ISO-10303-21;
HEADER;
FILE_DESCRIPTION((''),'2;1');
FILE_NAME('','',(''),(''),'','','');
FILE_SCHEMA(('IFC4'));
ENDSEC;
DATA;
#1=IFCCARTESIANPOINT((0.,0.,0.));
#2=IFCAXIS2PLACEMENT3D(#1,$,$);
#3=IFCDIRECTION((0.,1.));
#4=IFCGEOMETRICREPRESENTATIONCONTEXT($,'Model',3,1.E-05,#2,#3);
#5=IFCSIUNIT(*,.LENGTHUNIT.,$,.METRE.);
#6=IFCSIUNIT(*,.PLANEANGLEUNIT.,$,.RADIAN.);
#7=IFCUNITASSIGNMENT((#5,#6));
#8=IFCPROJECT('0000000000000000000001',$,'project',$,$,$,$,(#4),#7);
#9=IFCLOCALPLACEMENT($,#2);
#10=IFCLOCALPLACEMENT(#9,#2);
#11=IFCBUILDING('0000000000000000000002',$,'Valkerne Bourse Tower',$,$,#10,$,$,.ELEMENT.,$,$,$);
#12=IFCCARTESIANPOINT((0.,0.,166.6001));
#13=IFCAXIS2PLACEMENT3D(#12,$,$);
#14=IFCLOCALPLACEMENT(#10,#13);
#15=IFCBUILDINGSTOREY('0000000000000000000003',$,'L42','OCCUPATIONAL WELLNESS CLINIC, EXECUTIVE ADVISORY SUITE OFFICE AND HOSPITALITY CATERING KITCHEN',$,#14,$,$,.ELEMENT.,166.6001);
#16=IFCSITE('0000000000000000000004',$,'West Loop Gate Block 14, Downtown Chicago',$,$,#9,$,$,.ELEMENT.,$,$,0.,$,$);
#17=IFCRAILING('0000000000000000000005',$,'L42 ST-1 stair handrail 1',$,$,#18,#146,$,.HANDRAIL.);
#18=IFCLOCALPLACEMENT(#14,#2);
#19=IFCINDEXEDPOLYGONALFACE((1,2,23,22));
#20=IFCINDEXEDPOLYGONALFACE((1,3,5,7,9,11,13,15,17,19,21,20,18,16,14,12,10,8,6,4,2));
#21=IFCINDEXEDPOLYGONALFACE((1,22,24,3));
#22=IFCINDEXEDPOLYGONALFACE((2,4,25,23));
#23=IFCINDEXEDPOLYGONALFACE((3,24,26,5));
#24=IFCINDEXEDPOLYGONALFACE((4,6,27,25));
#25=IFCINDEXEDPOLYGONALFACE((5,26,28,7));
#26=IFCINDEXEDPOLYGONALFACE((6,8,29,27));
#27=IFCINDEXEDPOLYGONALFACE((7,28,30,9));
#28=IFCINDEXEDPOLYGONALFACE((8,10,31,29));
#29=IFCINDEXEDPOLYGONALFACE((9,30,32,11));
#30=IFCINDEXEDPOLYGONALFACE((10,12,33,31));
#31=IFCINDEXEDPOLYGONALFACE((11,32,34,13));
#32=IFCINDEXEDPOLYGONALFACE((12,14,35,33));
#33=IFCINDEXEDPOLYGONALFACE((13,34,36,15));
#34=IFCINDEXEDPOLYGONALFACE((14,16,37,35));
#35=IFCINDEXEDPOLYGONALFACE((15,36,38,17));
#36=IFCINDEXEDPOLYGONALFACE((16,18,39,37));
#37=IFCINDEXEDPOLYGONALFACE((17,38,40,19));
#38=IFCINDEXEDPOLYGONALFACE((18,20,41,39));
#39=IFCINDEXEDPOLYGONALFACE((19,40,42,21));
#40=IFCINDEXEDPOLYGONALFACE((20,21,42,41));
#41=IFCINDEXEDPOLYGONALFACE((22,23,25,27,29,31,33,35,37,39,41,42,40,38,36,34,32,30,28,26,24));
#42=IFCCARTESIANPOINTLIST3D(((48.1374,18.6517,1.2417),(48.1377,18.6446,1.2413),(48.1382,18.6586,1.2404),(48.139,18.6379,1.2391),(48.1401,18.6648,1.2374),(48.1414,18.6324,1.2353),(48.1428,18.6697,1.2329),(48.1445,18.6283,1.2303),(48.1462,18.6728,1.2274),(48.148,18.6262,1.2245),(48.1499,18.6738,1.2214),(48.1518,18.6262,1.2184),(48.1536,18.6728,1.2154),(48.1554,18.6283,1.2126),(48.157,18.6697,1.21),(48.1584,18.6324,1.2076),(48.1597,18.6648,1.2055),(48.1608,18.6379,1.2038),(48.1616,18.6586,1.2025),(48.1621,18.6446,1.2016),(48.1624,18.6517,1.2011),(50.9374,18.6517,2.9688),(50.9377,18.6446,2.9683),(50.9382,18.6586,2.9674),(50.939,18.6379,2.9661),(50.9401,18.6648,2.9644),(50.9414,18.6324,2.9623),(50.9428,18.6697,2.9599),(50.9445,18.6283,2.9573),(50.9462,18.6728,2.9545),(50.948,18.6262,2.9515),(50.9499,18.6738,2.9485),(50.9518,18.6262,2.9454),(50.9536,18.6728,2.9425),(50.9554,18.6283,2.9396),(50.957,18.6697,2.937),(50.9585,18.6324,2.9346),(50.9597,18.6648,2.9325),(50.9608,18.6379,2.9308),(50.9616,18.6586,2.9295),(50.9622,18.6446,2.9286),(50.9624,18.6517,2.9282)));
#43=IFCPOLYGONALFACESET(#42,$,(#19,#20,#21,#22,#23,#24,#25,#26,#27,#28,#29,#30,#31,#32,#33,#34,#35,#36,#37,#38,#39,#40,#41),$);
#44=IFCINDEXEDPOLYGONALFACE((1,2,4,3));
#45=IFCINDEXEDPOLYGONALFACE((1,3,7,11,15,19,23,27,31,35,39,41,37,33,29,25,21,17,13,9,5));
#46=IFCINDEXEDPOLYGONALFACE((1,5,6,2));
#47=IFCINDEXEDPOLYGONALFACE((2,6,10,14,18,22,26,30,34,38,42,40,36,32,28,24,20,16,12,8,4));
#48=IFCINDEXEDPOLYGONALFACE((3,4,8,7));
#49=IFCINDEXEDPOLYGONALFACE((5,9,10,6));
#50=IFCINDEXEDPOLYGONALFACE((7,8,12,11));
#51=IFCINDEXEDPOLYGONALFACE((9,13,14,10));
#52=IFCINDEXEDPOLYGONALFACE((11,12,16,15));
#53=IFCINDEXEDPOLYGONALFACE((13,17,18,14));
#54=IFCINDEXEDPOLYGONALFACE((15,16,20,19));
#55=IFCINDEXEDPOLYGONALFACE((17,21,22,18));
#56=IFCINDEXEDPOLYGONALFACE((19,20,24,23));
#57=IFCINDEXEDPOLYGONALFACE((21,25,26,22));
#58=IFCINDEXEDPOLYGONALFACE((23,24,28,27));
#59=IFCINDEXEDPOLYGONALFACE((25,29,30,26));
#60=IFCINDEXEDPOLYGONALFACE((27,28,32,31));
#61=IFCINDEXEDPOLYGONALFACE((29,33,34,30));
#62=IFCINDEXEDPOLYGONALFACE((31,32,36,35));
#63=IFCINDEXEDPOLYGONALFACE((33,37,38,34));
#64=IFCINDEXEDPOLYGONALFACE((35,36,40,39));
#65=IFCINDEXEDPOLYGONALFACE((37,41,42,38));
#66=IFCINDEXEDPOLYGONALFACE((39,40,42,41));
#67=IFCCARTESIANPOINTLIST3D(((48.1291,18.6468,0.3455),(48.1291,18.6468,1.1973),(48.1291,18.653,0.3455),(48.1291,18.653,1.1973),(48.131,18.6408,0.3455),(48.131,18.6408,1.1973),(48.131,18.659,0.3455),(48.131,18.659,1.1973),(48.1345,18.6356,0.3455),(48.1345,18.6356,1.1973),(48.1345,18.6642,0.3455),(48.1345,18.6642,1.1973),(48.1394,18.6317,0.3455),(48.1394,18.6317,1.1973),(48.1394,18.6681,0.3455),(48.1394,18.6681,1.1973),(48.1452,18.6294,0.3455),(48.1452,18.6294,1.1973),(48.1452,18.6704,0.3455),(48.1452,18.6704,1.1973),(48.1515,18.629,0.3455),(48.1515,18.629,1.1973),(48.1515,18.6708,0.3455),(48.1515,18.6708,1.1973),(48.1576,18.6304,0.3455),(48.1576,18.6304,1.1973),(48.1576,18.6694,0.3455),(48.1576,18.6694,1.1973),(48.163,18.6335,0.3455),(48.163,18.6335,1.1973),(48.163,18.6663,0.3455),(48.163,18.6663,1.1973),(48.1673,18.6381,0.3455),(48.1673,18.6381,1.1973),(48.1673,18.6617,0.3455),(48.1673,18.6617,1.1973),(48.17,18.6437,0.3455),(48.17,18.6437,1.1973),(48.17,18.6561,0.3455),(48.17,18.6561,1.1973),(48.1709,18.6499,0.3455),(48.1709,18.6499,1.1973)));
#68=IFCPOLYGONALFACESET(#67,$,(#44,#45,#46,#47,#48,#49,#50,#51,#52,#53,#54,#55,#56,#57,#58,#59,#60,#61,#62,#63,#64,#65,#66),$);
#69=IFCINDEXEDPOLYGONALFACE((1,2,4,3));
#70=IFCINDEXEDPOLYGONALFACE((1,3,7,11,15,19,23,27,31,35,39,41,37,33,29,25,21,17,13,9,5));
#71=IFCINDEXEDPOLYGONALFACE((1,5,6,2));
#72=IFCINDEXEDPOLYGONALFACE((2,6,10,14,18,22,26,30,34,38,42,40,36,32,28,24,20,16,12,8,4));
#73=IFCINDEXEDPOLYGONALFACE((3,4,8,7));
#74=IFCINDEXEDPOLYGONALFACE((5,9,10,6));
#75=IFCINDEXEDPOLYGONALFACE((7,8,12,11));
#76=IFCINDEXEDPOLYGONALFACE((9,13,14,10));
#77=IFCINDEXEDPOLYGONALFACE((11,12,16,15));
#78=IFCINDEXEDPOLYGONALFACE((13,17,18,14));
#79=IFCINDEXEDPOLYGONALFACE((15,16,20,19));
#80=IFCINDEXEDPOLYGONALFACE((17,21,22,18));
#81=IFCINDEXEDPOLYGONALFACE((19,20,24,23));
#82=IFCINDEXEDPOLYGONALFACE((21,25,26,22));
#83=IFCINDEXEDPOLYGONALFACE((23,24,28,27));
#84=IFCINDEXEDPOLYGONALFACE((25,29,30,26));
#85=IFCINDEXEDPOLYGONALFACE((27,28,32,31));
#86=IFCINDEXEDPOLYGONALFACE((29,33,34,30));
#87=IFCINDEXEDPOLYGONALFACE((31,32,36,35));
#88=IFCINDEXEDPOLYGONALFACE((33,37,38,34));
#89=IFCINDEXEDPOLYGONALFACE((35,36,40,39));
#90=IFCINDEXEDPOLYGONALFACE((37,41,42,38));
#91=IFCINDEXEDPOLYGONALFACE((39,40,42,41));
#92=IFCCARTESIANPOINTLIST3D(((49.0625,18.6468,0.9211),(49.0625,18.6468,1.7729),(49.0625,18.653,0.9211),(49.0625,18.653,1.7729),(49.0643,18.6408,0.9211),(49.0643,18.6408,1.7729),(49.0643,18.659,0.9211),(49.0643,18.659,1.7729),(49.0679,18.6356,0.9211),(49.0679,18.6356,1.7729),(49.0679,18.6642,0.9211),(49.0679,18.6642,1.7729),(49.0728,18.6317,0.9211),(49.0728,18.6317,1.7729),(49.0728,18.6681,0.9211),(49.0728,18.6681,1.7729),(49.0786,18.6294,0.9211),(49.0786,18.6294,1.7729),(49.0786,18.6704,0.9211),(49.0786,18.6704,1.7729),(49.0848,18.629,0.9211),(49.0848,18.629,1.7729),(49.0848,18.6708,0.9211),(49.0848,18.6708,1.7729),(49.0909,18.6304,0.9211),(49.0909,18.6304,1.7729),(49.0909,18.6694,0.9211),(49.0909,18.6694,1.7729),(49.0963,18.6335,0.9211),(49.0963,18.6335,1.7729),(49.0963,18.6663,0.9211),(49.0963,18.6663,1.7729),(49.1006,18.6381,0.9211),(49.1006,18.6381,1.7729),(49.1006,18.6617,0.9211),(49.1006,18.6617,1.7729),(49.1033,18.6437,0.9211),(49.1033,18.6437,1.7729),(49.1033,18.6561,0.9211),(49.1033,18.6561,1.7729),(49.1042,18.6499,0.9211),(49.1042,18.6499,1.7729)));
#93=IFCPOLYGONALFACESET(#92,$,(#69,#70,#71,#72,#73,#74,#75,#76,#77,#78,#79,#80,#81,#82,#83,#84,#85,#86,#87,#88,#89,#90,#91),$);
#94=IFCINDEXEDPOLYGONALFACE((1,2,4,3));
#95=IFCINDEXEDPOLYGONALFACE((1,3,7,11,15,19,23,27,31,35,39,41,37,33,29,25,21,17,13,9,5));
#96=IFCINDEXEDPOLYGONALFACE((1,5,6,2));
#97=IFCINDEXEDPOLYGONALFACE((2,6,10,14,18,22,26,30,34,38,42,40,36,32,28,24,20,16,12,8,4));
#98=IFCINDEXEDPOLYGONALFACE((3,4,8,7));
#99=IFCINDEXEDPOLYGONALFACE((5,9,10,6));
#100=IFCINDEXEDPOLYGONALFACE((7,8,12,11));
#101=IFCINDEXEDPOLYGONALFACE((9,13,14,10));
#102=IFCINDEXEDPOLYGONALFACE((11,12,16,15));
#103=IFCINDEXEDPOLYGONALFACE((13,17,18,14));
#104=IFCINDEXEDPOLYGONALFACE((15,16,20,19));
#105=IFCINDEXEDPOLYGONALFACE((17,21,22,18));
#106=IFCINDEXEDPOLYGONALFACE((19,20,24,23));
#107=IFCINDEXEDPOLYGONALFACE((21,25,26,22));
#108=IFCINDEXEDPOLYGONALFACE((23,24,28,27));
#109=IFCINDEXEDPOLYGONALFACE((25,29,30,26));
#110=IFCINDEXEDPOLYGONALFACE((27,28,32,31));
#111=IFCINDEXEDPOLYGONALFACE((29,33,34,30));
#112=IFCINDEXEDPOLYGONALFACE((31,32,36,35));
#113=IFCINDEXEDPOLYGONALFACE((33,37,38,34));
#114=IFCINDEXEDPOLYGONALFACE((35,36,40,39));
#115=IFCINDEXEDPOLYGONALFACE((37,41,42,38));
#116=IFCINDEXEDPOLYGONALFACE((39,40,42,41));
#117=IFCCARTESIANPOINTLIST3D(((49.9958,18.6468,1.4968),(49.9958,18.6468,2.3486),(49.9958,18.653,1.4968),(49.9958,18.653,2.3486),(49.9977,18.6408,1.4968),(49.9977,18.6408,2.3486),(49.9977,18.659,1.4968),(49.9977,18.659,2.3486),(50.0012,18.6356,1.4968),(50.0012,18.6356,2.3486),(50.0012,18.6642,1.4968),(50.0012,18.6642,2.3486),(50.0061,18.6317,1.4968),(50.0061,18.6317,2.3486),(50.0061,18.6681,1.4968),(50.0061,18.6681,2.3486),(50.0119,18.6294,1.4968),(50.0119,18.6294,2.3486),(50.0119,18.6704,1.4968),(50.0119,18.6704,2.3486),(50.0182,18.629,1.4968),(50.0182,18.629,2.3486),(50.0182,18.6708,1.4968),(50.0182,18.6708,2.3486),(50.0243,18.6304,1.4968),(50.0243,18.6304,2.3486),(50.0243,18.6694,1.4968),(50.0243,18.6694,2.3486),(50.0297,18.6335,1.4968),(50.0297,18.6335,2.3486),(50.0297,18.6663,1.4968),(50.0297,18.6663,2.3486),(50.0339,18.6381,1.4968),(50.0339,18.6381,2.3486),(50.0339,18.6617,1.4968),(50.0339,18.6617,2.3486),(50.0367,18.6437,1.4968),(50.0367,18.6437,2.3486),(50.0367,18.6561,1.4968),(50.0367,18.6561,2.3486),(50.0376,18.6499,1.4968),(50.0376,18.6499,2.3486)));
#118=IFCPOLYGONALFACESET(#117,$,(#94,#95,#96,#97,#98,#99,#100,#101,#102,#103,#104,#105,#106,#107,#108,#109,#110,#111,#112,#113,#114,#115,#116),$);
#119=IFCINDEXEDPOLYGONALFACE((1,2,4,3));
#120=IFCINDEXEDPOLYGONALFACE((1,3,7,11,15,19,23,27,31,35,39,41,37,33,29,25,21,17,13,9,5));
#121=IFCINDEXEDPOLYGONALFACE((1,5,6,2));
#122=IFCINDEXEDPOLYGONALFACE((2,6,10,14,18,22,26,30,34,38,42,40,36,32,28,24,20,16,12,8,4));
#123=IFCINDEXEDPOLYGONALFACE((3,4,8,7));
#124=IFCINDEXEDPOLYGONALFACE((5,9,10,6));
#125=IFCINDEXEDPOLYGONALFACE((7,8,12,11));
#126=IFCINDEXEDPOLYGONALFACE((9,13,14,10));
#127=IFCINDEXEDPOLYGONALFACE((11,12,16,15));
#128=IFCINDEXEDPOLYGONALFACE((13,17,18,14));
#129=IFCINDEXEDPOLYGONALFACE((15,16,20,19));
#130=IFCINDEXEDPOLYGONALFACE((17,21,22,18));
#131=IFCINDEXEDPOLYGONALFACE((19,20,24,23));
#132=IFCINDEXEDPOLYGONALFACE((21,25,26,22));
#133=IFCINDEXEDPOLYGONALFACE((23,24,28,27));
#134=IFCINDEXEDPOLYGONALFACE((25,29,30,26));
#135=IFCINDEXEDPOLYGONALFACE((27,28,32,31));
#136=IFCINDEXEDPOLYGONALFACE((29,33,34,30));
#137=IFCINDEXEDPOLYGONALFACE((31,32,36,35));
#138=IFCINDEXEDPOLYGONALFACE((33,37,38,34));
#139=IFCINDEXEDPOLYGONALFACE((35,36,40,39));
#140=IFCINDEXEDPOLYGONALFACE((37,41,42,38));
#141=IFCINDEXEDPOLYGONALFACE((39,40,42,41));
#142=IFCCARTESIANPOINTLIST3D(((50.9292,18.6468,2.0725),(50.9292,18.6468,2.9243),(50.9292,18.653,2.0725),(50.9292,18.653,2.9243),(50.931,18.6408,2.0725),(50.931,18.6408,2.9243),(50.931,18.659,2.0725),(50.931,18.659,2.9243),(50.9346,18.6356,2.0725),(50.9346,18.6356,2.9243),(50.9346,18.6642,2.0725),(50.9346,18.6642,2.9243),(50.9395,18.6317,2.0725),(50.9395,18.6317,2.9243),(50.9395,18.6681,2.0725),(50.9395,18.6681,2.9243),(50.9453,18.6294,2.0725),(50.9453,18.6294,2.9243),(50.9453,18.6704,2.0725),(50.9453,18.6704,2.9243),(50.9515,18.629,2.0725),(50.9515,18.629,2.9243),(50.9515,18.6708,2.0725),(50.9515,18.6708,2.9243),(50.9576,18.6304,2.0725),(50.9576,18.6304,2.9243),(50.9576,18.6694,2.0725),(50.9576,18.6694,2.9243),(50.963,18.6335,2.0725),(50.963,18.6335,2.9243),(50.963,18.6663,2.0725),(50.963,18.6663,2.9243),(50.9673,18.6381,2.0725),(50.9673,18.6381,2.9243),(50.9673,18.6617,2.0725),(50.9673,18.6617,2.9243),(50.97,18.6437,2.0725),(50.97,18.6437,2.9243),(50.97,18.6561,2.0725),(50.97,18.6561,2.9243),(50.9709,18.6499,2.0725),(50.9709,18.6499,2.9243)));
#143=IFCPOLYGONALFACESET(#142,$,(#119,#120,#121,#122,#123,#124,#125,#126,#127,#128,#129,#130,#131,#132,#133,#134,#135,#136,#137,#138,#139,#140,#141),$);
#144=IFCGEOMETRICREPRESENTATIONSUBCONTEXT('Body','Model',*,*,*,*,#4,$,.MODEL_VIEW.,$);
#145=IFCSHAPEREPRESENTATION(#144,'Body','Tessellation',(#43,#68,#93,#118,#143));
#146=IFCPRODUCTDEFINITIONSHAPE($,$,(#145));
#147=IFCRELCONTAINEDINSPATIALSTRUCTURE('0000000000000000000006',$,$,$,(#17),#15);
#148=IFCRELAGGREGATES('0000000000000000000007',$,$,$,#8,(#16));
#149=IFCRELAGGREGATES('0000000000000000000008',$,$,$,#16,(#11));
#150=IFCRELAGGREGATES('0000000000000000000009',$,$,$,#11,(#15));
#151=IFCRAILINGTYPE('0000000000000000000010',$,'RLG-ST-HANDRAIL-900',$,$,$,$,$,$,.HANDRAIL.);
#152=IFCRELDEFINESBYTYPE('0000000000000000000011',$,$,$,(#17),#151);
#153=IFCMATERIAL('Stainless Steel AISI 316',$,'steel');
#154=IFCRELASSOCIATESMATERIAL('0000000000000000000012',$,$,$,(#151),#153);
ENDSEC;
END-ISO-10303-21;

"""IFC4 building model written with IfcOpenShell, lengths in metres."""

from ifc_helpers import new_model, si_unit, direction, frame, origin, origin_2d, place, context, subcontext, project, spatial, circle, extrude, material, type_object, element, save


model = new_model("IFC4")

# Units and contexts
model_context = context("Model", 3, precision=1e-05, world=origin(), true_north=direction((0.0, 1.0)))
body_context = subcontext(model_context, "Body", "Model", "MODEL_VIEW")
ifc_project = project(units=[si_unit("LENGTHUNIT", "METRE"), si_unit("PLANEANGLEUNIT", "RADIAN")], contexts=[model_context])

# Site, building, storey
site_placement = place(None, origin())
site = spatial("IfcSite", under=ifc_project, at=site_placement, Name="West Loop Gate Block 14, Downtown Chicago", CompositionType="ELEMENT", RefElevation=0.0)
building_placement = place(site_placement, origin())
building = spatial("IfcBuilding", under=site, at=building_placement, Name="Valkerne Bourse Tower", CompositionType="ELEMENT")
storey_placement = place(building_placement, frame((0.0, 0.0, 166.6001)))
storey = spatial("IfcBuildingStorey", under=building, at=storey_placement, Name="L42", Description="OCCUPATIONAL WELLNESS CLINIC, EXECUTIVE ADVISORY SUITE OFFICE AND HOSPITALITY CATERING KITCHEN", CompositionType="ELEMENT", Elevation=166.6001)

# Shared definitions
ifc_material_1 = material(Name="Stainless Steel AISI 316", Category="steel")

# Railing
railing_type_1 = type_object("IfcRailingType", Name="RLG-ST-HANDRAIL-900", PredefinedType="HANDRAIL", material=ifc_material_1)
railing_1_placement = place(storey_placement, frame((48.1499, 18.6499, 0.3455)))
element("IfcRailing", 1, at=railing_1_placement, inside=storey, type_object=railing_type_1, Name="L42 ST-1 stair handrail 1", PredefinedType="HANDRAIL", context=body_context, shape_type="SweptSolid", body=[
    extrude(circle(Radius=0.0239, at=origin_2d()), frame((0.0, 0.0, 0.876), z_axis=(0.851123, 0.0, 0.524967), x_axis=(0.0, 1.0, 0.0)), (0.0, 0.0, 1.0), 3.2898),
    extrude(circle(Radius=0.021, at=origin_2d()), origin(), (0.0, 0.0, 1.0), 0.8518),
    extrude(circle(Radius=0.021, at=origin_2d()), frame((0.9333, 0.0, 0.5757)), (0.0, 0.0, 1.0), 0.8518),
    extrude(circle(Radius=0.021, at=origin_2d()), frame((1.8667, 0.0, 1.1514)), (0.0, 0.0, 1.0), 0.8518),
    extrude(circle(Radius=0.021, at=origin_2d()), frame((2.8, 0.0, 1.7271)), (0.0, 0.0, 1.0), 0.8518),
])

save(model, "model.ifc")
